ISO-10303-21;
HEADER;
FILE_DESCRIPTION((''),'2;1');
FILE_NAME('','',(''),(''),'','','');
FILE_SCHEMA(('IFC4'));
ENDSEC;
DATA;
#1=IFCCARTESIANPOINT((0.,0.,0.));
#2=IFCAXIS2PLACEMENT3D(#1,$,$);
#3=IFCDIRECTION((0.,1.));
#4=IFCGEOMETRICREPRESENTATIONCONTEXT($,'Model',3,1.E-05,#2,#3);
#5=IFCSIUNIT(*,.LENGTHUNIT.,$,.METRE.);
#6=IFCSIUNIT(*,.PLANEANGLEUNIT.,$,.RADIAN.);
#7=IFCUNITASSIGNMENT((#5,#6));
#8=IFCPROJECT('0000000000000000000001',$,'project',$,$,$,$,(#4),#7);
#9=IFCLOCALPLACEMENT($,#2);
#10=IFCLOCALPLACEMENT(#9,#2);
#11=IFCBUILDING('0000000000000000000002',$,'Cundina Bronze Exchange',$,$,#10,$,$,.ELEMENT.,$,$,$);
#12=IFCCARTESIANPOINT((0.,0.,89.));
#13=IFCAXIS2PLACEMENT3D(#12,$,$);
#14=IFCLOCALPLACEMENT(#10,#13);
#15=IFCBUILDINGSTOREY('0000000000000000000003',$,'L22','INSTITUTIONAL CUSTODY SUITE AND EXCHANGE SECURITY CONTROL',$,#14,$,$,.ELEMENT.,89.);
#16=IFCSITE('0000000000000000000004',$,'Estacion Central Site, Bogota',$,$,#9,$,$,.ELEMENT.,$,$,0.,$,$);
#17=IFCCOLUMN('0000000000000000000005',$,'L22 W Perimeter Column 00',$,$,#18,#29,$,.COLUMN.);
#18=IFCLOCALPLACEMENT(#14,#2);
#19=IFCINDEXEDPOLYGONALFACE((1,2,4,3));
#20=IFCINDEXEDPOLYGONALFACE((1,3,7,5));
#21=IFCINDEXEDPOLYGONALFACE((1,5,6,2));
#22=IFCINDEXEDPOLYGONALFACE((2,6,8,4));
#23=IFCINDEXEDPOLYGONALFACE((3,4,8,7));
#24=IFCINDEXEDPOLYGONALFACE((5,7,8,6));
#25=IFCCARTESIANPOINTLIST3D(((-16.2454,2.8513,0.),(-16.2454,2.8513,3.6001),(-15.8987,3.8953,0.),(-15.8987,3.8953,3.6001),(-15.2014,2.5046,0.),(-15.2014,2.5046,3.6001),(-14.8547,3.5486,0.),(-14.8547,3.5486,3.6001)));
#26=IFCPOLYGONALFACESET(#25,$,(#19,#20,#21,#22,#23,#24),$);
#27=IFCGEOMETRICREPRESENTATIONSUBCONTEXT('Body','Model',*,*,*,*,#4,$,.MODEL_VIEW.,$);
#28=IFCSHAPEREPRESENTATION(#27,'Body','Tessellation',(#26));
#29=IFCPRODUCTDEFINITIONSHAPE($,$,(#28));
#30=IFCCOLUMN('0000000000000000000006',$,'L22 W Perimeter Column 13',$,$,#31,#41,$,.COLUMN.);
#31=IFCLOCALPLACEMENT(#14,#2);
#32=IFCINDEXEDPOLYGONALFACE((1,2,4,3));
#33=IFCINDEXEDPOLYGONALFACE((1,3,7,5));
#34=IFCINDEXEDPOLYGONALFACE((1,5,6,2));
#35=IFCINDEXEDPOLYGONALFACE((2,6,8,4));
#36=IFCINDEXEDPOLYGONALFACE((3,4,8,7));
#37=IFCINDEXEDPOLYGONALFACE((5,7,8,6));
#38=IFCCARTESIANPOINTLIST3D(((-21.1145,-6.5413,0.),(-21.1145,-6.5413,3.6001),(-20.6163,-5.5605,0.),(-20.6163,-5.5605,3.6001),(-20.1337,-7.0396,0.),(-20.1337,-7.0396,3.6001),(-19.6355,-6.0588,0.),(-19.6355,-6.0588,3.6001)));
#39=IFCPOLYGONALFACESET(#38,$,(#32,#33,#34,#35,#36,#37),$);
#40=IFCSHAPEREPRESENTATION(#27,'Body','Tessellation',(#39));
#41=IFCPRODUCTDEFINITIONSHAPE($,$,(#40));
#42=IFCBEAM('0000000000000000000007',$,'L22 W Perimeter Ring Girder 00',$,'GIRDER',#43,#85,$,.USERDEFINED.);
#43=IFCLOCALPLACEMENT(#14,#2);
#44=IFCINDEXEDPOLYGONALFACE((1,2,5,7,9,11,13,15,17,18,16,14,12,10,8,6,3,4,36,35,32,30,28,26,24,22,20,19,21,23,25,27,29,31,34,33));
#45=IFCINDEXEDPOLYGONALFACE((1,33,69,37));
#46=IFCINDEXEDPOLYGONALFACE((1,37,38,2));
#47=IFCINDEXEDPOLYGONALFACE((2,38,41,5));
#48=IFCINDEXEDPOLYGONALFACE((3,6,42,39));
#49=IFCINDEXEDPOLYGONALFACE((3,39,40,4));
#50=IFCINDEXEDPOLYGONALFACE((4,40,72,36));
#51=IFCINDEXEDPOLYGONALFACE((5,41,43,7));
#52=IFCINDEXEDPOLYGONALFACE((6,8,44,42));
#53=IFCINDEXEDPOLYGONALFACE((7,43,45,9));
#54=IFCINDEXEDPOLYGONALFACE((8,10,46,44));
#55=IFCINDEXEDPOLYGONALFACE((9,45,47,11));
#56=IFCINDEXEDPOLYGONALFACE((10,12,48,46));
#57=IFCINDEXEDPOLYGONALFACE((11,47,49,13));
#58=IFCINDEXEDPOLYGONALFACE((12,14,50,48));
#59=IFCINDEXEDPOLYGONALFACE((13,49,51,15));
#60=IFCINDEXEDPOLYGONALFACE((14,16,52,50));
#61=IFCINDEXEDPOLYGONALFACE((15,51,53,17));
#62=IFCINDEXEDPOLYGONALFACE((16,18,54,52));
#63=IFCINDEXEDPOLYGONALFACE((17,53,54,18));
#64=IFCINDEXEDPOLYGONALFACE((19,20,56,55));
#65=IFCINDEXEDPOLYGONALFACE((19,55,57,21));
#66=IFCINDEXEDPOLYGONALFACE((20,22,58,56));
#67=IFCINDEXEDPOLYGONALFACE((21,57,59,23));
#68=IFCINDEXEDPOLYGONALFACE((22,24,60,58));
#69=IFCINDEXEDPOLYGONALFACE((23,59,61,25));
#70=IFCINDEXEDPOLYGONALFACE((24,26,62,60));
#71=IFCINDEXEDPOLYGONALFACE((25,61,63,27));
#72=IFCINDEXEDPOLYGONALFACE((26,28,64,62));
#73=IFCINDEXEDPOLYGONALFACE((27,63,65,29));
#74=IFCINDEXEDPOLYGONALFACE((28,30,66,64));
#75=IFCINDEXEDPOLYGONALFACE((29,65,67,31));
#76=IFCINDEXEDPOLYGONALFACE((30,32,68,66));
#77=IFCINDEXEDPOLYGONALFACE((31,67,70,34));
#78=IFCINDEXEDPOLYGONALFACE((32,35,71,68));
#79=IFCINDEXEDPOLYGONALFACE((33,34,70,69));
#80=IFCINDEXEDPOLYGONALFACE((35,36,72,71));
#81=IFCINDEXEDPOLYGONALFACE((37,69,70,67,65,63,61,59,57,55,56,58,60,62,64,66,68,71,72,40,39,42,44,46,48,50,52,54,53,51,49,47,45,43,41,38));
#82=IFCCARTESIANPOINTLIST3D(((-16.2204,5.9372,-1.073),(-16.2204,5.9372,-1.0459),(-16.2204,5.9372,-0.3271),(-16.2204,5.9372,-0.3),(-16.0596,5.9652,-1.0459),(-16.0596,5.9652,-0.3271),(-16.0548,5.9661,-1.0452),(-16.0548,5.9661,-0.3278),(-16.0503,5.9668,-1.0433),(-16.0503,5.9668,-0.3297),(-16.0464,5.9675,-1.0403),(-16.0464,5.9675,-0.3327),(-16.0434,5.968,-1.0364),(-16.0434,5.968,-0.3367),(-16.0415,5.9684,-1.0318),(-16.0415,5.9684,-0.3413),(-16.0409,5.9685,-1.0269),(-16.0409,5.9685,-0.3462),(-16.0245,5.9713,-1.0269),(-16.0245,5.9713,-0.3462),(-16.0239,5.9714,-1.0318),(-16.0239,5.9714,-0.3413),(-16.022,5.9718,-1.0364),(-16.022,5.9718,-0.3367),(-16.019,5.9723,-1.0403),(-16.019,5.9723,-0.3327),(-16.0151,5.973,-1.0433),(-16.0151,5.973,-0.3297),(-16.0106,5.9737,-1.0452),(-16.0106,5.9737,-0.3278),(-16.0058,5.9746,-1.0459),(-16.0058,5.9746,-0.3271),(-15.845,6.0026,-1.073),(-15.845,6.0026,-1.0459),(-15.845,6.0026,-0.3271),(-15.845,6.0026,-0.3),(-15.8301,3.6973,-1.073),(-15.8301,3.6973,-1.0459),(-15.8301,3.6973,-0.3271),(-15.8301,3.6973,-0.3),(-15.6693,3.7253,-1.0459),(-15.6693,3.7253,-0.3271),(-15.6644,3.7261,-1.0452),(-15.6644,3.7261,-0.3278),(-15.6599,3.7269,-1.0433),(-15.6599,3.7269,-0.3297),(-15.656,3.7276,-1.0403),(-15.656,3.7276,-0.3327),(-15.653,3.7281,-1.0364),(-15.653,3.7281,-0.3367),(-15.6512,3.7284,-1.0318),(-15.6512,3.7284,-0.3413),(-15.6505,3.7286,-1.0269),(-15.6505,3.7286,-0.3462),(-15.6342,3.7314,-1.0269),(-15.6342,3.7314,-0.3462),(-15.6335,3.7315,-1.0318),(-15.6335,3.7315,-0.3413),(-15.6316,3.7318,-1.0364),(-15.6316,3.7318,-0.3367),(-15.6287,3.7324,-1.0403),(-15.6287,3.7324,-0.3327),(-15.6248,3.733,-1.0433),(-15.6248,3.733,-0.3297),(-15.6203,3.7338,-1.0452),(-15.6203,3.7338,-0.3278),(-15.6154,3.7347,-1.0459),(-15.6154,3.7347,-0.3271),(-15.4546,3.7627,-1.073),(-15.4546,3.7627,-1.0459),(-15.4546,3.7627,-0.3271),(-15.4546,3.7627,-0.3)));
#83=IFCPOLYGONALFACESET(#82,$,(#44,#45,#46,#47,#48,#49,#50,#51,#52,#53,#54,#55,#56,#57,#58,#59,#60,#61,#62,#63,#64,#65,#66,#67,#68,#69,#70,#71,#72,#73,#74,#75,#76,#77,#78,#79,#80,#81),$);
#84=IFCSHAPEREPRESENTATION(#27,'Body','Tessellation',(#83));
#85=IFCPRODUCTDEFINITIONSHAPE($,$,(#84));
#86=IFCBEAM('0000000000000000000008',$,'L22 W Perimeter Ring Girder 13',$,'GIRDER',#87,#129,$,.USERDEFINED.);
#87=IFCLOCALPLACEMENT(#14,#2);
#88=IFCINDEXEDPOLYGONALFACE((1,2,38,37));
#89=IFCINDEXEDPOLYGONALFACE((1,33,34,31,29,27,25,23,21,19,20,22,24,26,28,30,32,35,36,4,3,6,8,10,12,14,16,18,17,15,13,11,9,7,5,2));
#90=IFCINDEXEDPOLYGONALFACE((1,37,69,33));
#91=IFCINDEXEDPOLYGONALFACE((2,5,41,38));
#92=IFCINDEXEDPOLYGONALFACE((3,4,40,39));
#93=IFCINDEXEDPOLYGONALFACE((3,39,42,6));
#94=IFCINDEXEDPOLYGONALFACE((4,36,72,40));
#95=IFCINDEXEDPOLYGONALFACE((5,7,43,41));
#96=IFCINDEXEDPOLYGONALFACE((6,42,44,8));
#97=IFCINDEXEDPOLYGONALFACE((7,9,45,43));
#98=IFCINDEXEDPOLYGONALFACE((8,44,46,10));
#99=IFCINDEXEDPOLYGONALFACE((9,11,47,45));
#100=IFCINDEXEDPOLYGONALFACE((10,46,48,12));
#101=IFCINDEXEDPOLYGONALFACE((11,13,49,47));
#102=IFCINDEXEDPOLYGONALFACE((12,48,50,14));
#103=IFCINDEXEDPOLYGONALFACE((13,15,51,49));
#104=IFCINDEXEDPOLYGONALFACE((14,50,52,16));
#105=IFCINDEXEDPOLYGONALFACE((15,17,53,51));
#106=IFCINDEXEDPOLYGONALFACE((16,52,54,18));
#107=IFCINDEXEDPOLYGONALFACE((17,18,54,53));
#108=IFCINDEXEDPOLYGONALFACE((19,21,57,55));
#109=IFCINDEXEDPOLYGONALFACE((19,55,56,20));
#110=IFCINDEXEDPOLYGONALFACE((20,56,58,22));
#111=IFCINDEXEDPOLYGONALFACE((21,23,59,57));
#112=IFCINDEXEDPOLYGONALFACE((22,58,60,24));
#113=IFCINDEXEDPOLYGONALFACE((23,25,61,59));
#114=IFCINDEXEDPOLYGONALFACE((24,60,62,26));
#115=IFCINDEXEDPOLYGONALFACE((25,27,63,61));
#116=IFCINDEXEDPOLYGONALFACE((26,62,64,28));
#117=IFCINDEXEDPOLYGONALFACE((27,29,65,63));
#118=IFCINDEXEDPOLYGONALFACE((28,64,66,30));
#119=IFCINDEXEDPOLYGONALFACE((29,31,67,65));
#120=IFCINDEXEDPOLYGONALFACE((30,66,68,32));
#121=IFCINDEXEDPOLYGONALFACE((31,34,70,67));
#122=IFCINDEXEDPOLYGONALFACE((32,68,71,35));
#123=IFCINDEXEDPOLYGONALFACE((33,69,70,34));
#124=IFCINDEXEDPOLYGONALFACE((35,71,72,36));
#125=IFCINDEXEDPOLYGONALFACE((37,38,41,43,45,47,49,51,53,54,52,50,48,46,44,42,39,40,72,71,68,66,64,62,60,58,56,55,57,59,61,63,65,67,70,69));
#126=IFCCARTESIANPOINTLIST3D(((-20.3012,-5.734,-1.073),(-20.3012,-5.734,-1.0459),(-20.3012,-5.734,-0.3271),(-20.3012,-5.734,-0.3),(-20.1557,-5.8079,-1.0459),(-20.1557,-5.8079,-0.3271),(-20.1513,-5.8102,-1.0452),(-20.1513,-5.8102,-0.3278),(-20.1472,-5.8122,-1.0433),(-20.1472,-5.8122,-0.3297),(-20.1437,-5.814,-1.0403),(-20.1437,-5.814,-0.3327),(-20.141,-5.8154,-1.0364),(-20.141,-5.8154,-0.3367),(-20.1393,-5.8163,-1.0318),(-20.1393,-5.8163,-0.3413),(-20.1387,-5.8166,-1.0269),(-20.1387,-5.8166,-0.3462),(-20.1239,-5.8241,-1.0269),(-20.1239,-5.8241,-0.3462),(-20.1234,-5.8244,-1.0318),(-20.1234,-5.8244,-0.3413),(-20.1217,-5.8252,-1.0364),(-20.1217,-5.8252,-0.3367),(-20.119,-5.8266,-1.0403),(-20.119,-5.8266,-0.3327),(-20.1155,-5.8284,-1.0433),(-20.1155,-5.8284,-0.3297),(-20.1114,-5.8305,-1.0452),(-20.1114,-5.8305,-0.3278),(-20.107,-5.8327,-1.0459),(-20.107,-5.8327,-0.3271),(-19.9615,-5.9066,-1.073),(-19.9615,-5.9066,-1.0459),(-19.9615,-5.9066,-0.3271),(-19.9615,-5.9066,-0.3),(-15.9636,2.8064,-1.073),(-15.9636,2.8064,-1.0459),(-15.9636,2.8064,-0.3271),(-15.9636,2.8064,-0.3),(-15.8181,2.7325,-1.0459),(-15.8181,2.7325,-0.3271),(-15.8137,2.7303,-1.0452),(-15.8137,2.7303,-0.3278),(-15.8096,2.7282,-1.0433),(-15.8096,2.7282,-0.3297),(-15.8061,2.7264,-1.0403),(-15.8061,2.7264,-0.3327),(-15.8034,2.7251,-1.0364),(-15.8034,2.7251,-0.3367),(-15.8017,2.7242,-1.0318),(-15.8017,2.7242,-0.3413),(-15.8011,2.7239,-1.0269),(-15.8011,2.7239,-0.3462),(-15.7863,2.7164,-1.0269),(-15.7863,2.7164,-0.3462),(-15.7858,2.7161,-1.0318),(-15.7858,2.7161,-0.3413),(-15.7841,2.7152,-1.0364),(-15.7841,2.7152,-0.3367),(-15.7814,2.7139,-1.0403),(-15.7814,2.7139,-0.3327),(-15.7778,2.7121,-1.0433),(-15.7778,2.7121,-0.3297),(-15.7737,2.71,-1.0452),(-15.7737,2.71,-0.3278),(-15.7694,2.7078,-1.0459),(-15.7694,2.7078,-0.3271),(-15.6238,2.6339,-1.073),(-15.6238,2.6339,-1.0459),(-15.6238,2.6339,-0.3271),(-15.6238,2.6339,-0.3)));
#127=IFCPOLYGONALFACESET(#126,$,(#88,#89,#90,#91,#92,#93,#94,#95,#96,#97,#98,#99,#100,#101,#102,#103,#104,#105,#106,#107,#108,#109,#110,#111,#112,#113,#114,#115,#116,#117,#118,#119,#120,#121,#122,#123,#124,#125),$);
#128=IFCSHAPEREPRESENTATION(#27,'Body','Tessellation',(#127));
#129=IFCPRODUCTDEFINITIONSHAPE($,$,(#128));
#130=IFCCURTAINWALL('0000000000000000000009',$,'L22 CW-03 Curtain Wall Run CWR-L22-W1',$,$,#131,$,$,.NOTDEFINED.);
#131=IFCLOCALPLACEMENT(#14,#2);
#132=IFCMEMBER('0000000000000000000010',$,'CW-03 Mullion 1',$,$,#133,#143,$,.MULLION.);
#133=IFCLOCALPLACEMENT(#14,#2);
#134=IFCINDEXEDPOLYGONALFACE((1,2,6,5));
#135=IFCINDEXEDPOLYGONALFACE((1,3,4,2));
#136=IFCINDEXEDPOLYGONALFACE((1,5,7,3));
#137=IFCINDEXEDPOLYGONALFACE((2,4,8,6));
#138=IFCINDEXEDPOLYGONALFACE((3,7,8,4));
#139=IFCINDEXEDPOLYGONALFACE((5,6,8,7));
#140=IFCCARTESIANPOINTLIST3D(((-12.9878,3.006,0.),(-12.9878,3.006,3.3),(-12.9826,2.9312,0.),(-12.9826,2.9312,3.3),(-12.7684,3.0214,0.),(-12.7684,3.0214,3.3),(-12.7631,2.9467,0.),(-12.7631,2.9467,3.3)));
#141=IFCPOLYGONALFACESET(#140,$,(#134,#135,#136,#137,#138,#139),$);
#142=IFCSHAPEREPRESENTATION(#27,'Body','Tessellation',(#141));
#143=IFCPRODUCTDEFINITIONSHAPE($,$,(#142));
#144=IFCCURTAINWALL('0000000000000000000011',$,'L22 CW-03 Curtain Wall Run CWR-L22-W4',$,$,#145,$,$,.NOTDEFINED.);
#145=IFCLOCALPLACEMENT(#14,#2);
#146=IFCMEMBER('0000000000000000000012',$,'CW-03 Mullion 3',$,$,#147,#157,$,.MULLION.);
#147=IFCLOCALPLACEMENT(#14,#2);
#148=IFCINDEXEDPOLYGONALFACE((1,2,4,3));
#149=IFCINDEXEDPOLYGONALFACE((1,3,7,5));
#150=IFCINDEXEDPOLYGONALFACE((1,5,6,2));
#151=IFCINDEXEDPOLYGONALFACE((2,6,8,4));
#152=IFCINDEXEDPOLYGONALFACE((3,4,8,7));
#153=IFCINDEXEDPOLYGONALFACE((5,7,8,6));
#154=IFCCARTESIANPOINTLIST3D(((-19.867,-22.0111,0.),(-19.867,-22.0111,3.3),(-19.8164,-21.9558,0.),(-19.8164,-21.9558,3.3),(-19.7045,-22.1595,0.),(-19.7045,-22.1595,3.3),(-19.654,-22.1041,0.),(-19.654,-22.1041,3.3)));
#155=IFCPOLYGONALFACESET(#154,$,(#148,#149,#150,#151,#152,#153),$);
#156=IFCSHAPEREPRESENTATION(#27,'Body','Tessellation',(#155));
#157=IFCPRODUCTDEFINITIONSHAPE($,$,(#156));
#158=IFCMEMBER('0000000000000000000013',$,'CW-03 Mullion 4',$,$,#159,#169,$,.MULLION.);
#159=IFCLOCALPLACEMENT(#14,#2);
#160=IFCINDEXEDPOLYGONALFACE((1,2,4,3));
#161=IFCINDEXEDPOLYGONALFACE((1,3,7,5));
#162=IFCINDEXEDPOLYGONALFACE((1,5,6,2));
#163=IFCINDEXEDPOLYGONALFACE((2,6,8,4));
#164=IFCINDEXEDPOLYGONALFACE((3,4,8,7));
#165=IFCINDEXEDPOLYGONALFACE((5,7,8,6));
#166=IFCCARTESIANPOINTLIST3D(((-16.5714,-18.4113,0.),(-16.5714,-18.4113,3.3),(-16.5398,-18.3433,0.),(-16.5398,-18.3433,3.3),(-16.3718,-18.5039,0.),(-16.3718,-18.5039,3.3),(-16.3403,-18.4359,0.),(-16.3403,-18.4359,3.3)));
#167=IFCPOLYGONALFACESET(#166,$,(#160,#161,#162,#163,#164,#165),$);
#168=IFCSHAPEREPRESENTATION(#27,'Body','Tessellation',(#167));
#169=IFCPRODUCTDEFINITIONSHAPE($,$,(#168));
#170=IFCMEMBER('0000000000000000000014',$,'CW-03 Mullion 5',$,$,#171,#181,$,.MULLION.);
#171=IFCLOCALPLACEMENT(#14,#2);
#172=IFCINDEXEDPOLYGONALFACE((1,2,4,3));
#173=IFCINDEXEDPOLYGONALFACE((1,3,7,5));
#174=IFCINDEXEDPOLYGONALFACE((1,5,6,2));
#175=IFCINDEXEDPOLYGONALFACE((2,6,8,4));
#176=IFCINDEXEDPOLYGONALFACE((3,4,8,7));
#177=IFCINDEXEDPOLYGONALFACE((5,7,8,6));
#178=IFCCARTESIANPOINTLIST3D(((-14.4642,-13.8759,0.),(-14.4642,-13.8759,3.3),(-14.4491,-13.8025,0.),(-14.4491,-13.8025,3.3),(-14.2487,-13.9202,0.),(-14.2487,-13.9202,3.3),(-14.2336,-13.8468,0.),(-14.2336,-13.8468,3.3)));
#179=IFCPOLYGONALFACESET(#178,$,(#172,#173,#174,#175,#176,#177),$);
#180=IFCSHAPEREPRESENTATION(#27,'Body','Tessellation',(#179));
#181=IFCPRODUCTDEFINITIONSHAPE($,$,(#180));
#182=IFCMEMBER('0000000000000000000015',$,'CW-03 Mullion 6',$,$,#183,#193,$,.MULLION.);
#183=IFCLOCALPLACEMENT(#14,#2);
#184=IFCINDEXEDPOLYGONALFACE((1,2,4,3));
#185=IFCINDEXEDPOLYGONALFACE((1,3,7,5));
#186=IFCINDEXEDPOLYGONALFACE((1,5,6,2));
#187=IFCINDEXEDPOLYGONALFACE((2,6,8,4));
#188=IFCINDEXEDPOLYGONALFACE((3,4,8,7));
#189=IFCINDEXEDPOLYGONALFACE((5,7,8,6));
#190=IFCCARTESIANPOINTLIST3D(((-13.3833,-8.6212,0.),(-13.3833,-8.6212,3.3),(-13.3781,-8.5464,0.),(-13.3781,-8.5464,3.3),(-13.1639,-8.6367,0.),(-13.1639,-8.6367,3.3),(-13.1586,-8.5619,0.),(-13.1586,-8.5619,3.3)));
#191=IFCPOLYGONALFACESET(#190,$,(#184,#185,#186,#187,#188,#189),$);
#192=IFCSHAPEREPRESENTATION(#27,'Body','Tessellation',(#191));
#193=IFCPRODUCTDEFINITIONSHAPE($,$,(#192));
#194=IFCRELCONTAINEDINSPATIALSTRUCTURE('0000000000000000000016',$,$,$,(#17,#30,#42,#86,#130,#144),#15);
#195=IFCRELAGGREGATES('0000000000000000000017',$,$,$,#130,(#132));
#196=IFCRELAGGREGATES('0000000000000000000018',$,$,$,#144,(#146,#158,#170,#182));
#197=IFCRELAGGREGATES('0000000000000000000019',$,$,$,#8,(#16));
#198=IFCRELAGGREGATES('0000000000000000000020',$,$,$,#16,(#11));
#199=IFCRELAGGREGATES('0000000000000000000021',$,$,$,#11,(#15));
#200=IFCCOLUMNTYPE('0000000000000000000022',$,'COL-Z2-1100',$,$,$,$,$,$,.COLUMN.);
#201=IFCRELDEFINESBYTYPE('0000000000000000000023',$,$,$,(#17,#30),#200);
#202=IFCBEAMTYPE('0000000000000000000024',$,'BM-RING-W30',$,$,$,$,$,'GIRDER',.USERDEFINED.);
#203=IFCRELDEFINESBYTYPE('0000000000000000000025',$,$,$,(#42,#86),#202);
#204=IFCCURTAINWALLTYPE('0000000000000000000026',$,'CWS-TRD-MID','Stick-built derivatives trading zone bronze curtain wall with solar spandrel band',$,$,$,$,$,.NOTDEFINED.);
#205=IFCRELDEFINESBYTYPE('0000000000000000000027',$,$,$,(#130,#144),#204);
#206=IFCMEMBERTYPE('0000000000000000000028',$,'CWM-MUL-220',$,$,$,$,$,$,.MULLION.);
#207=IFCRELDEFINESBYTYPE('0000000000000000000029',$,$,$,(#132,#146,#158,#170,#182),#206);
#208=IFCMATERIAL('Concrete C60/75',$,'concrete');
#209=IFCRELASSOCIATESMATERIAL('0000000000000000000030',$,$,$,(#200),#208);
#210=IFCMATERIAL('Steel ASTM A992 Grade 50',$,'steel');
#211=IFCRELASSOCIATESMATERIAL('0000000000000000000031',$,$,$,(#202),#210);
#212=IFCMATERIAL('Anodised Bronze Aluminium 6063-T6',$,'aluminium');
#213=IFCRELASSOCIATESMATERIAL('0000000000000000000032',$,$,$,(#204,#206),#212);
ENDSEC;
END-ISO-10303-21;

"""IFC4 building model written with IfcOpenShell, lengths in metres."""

from ifc_helpers import new_model, si_unit, direction, frame, origin, origin_2d, place, context, subcontext, project, spatial, rectangle, i_section, extrude, material, material_profile, profile_set, type_object, element, aggregate, save


model = new_model("IFC4")

# Units and contexts
model_context = context("Model", 3, precision=1e-05, world=origin(), true_north=direction((0.0, 1.0)))
body_context = subcontext(model_context, "Body", "Model", "MODEL_VIEW")
ifc_project = project(units=[si_unit("LENGTHUNIT", "METRE"), si_unit("PLANEANGLEUNIT", "RADIAN")], contexts=[model_context])

# Site, building, storey
site_placement = place(None, origin())
site = spatial("IfcSite", under=ifc_project, at=site_placement, Name="Estacion Central Site, Bogota", CompositionType="ELEMENT", RefElevation=0.0)
building_placement = place(site_placement, origin())
building = spatial("IfcBuilding", under=site, at=building_placement, Name="Cundina Bronze Exchange", CompositionType="ELEMENT")
storey_placement = place(building_placement, frame((0.0, 0.0, 89.0)))
storey = spatial("IfcBuildingStorey", under=building, at=storey_placement, Name="L22", Description="INSTITUTIONAL CUSTODY SUITE AND EXCHANGE SECURITY CONTROL", CompositionType="ELEMENT", Elevation=89.0)

# Columns
ifc_material_1 = material(Name="Concrete C60/75", Category="concrete")
ifc_material_profile_1 = material_profile(ifc_material_1, rectangle(XDim=1.1001, YDim=1.1001, at=origin_2d()), Name="RC1100X1100", Category="concrete")
ifc_profile_set_1 = profile_set([ifc_material_profile_1], Name="Concrete C60/75")
column_type = type_object("IfcColumnType", Name="COL-Z2-1100", PredefinedType="COLUMN", material=ifc_profile_set_1)
for number, where, z_axis, x_axis, name in (
    (1, (-15.55, 3.2, 0.0), (0.0, 0.0, 1.0), (0.315152, 0.949041, 0.0), "L22 W Perimeter Column 00"),
    (2, (-20.375, -6.3, 0.0), (0.0, 0.0, 1.0), (0.452902, 0.891561, 0.0), "L22 W Perimeter Column 13"),
):
    element("IfcColumn", number, at=place(storey_placement, frame(where, z_axis=z_axis, x_axis=x_axis)), inside=storey, type_object=column_type, Name=name, PredefinedType="COLUMN", context=body_context, shape_type="SweptSolid", body=[
        extrude(rectangle(XDim=1.1001, YDim=1.1001, at=origin_2d()), origin(), (0.0, 0.0, 1.0), 3.6001),
    ])

# Beams
ifc_material_2 = material(Name="Steel ASTM A992 Grade 50", Category="steel")
ifc_material_profile_2 = material_profile(ifc_material_2, i_section(OverallWidth=0.3811, OverallDepth=0.7729, WebThickness=0.0166, FlangeThickness=0.0271, FilletRadius=0.019, at=origin_2d()), Name="W30X173", Category="steel")
ifc_profile_set_2 = profile_set([ifc_material_profile_2], Name="Steel ASTM A992 Grade 50")
beam_type = type_object("IfcBeamType", Name="BM-RING-W30", ElementType="GIRDER", PredefinedType="USERDEFINED", material=ifc_profile_set_2)
beam_1_placement = place(storey_placement, frame((-15.6423, 3.73, -0.6865), z_axis=(-0.17169, 0.985151, 0.0), x_axis=(-0.985151, -0.17169, 0.0)))
element("IfcBeam", 3, at=beam_1_placement, inside=storey, type_object=beam_type, Name="L22 W Perimeter Ring Girder 00", ObjectType="GIRDER", PredefinedType="USERDEFINED", context=body_context, shape_type="SweptSolid", body=[
    extrude(i_section(OverallWidth=0.3811, OverallDepth=0.7729, WebThickness=0.0166, FlangeThickness=0.0271, FilletRadius=0.019, at=origin_2d()), origin(), (0.0, 0.0, 1.0), 2.2737),
])
beam_2_placement = place(storey_placement, frame((-20.1313, -5.8203, -0.6865), z_axis=(0.452832, 0.891596, 0.0), x_axis=(-0.891596, 0.452832, 0.0)))
element("IfcBeam", 4, at=beam_2_placement, inside=storey, type_object=beam_type, Name="L22 W Perimeter Ring Girder 13", ObjectType="GIRDER", PredefinedType="USERDEFINED", context=body_context, shape_type="SweptSolid", body=[
    extrude(i_section(OverallWidth=0.3811, OverallDepth=0.7729, WebThickness=0.0166, FlangeThickness=0.0271, FilletRadius=0.019, at=origin_2d()), origin(), (0.0, 0.0, 1.0), 9.5789),
])

# Curtain wall, member
ifc_material_3 = material(Name="Anodised Bronze Aluminium 6063-T6", Category="aluminium")
curtain_wall_type = type_object("IfcCurtainWallType", Name="CWS-TRD-MID", Description="Stick-built derivatives trading zone bronze curtain wall with solar spandrel band", PredefinedType="NOTDEFINED", material=ifc_material_3)
curtain_wall_1_placement = place(storey_placement, origin())
curtain_wall_1 = element("IfcCurtainWall", 5, at=curtain_wall_1_placement, inside=storey, type_object=curtain_wall_type, Name="L22 CW-03 Curtain Wall Run CWR-L22-W1", PredefinedType="NOTDEFINED")
ifc_material_profile_3 = material_profile(ifc_material_3, rectangle(XDim=0.075, YDim=0.22, at=origin_2d()), Name="AL75X220", Category="aluminium")
ifc_profile_set_3 = profile_set([ifc_material_profile_3], Name="Anodised Bronze Aluminium 6063-T6")
member_type_1 = type_object("IfcMemberType", Name="CWM-MUL-220", PredefinedType="MULLION", material=ifc_profile_set_3)
member_1_placement = place(storey_placement, frame((-12.8755, 2.9763, 0.0), z_axis=(0.0, 0.0, 1.0), x_axis=(-0.070279, 0.997527, 0.0)))
member_1 = element("IfcMember", 6, at=member_1_placement, type_object=member_type_1, Name="CW-03 Mullion 1", PredefinedType="MULLION", context=body_context, shape_type="SweptSolid", body=[
    extrude(rectangle(XDim=0.075, YDim=0.22, at=origin_2d()), origin(), (0.0, 0.0, 1.0), 3.3),
])

# Curtain wall, members
curtain_wall_2_placement = place(storey_placement, origin())
curtain_wall_2 = element("IfcCurtainWall", 7, at=curtain_wall_2_placement, inside=storey, type_object=curtain_wall_type, Name="L22 CW-03 Curtain Wall Run CWR-L22-W4", PredefinedType="NOTDEFINED")
member_2_placement = place(storey_placement, frame((-19.7605, -22.0576, 0.0), z_axis=(0.0, 0.0, 1.0), x_axis=(0.674302, 0.738455, 0.0)))
member_2 = element("IfcMember", 8, at=member_2_placement, type_object=member_type_1, Name="CW-03 Mullion 3", PredefinedType="MULLION", context=body_context, shape_type="SweptSolid", body=[
    extrude(rectangle(XDim=0.075, YDim=0.22, at=origin_2d()), origin(), (0.0, 0.0, 1.0), 3.3),
])
member_3_placement = place(storey_placement, frame((-16.4558, -18.4236, 0.0), z_axis=(0.0, 0.0, 1.0), x_axis=(0.420877, 0.907117, 0.0)))
member_3 = element("IfcMember", 9, at=member_3_placement, type_object=member_type_1, Name="CW-03 Mullion 4", PredefinedType="MULLION", context=body_context, shape_type="SweptSolid", body=[
    extrude(rectangle(XDim=0.075, YDim=0.22, at=origin_2d()), origin(), (0.0, 0.0, 1.0), 3.3),
])
member_4_placement = place(storey_placement, frame((-14.3489, -13.8613, 0.0), z_axis=(0.0, 0.0, 1.0), x_axis=(0.20142, 0.979505, 0.0)))
member_4 = element("IfcMember", 10, at=member_4_placement, type_object=member_type_1, Name="CW-03 Mullion 5", PredefinedType="MULLION", context=body_context, shape_type="SweptSolid", body=[
    extrude(rectangle(XDim=0.075, YDim=0.22, at=origin_2d()), origin(), (0.0, 0.0, 1.0), 3.3),
])
member_5_placement = place(storey_placement, frame((-13.271, -8.5916, 0.0), z_axis=(0.0, 0.0, 1.0), x_axis=(0.070279, 0.997527, 0.0)))
member_5 = element("IfcMember", 11, at=member_5_placement, type_object=member_type_1, Name="CW-03 Mullion 6", PredefinedType="MULLION", context=body_context, shape_type="SweptSolid", body=[
    extrude(rectangle(XDim=0.075, YDim=0.22, at=origin_2d()), origin(), (0.0, 0.0, 1.0), 3.3),
])

aggregate(curtain_wall_1, [member_1])

aggregate(curtain_wall_2, [member_2, member_3, member_4, member_5])

save(model, "model.ifc")
